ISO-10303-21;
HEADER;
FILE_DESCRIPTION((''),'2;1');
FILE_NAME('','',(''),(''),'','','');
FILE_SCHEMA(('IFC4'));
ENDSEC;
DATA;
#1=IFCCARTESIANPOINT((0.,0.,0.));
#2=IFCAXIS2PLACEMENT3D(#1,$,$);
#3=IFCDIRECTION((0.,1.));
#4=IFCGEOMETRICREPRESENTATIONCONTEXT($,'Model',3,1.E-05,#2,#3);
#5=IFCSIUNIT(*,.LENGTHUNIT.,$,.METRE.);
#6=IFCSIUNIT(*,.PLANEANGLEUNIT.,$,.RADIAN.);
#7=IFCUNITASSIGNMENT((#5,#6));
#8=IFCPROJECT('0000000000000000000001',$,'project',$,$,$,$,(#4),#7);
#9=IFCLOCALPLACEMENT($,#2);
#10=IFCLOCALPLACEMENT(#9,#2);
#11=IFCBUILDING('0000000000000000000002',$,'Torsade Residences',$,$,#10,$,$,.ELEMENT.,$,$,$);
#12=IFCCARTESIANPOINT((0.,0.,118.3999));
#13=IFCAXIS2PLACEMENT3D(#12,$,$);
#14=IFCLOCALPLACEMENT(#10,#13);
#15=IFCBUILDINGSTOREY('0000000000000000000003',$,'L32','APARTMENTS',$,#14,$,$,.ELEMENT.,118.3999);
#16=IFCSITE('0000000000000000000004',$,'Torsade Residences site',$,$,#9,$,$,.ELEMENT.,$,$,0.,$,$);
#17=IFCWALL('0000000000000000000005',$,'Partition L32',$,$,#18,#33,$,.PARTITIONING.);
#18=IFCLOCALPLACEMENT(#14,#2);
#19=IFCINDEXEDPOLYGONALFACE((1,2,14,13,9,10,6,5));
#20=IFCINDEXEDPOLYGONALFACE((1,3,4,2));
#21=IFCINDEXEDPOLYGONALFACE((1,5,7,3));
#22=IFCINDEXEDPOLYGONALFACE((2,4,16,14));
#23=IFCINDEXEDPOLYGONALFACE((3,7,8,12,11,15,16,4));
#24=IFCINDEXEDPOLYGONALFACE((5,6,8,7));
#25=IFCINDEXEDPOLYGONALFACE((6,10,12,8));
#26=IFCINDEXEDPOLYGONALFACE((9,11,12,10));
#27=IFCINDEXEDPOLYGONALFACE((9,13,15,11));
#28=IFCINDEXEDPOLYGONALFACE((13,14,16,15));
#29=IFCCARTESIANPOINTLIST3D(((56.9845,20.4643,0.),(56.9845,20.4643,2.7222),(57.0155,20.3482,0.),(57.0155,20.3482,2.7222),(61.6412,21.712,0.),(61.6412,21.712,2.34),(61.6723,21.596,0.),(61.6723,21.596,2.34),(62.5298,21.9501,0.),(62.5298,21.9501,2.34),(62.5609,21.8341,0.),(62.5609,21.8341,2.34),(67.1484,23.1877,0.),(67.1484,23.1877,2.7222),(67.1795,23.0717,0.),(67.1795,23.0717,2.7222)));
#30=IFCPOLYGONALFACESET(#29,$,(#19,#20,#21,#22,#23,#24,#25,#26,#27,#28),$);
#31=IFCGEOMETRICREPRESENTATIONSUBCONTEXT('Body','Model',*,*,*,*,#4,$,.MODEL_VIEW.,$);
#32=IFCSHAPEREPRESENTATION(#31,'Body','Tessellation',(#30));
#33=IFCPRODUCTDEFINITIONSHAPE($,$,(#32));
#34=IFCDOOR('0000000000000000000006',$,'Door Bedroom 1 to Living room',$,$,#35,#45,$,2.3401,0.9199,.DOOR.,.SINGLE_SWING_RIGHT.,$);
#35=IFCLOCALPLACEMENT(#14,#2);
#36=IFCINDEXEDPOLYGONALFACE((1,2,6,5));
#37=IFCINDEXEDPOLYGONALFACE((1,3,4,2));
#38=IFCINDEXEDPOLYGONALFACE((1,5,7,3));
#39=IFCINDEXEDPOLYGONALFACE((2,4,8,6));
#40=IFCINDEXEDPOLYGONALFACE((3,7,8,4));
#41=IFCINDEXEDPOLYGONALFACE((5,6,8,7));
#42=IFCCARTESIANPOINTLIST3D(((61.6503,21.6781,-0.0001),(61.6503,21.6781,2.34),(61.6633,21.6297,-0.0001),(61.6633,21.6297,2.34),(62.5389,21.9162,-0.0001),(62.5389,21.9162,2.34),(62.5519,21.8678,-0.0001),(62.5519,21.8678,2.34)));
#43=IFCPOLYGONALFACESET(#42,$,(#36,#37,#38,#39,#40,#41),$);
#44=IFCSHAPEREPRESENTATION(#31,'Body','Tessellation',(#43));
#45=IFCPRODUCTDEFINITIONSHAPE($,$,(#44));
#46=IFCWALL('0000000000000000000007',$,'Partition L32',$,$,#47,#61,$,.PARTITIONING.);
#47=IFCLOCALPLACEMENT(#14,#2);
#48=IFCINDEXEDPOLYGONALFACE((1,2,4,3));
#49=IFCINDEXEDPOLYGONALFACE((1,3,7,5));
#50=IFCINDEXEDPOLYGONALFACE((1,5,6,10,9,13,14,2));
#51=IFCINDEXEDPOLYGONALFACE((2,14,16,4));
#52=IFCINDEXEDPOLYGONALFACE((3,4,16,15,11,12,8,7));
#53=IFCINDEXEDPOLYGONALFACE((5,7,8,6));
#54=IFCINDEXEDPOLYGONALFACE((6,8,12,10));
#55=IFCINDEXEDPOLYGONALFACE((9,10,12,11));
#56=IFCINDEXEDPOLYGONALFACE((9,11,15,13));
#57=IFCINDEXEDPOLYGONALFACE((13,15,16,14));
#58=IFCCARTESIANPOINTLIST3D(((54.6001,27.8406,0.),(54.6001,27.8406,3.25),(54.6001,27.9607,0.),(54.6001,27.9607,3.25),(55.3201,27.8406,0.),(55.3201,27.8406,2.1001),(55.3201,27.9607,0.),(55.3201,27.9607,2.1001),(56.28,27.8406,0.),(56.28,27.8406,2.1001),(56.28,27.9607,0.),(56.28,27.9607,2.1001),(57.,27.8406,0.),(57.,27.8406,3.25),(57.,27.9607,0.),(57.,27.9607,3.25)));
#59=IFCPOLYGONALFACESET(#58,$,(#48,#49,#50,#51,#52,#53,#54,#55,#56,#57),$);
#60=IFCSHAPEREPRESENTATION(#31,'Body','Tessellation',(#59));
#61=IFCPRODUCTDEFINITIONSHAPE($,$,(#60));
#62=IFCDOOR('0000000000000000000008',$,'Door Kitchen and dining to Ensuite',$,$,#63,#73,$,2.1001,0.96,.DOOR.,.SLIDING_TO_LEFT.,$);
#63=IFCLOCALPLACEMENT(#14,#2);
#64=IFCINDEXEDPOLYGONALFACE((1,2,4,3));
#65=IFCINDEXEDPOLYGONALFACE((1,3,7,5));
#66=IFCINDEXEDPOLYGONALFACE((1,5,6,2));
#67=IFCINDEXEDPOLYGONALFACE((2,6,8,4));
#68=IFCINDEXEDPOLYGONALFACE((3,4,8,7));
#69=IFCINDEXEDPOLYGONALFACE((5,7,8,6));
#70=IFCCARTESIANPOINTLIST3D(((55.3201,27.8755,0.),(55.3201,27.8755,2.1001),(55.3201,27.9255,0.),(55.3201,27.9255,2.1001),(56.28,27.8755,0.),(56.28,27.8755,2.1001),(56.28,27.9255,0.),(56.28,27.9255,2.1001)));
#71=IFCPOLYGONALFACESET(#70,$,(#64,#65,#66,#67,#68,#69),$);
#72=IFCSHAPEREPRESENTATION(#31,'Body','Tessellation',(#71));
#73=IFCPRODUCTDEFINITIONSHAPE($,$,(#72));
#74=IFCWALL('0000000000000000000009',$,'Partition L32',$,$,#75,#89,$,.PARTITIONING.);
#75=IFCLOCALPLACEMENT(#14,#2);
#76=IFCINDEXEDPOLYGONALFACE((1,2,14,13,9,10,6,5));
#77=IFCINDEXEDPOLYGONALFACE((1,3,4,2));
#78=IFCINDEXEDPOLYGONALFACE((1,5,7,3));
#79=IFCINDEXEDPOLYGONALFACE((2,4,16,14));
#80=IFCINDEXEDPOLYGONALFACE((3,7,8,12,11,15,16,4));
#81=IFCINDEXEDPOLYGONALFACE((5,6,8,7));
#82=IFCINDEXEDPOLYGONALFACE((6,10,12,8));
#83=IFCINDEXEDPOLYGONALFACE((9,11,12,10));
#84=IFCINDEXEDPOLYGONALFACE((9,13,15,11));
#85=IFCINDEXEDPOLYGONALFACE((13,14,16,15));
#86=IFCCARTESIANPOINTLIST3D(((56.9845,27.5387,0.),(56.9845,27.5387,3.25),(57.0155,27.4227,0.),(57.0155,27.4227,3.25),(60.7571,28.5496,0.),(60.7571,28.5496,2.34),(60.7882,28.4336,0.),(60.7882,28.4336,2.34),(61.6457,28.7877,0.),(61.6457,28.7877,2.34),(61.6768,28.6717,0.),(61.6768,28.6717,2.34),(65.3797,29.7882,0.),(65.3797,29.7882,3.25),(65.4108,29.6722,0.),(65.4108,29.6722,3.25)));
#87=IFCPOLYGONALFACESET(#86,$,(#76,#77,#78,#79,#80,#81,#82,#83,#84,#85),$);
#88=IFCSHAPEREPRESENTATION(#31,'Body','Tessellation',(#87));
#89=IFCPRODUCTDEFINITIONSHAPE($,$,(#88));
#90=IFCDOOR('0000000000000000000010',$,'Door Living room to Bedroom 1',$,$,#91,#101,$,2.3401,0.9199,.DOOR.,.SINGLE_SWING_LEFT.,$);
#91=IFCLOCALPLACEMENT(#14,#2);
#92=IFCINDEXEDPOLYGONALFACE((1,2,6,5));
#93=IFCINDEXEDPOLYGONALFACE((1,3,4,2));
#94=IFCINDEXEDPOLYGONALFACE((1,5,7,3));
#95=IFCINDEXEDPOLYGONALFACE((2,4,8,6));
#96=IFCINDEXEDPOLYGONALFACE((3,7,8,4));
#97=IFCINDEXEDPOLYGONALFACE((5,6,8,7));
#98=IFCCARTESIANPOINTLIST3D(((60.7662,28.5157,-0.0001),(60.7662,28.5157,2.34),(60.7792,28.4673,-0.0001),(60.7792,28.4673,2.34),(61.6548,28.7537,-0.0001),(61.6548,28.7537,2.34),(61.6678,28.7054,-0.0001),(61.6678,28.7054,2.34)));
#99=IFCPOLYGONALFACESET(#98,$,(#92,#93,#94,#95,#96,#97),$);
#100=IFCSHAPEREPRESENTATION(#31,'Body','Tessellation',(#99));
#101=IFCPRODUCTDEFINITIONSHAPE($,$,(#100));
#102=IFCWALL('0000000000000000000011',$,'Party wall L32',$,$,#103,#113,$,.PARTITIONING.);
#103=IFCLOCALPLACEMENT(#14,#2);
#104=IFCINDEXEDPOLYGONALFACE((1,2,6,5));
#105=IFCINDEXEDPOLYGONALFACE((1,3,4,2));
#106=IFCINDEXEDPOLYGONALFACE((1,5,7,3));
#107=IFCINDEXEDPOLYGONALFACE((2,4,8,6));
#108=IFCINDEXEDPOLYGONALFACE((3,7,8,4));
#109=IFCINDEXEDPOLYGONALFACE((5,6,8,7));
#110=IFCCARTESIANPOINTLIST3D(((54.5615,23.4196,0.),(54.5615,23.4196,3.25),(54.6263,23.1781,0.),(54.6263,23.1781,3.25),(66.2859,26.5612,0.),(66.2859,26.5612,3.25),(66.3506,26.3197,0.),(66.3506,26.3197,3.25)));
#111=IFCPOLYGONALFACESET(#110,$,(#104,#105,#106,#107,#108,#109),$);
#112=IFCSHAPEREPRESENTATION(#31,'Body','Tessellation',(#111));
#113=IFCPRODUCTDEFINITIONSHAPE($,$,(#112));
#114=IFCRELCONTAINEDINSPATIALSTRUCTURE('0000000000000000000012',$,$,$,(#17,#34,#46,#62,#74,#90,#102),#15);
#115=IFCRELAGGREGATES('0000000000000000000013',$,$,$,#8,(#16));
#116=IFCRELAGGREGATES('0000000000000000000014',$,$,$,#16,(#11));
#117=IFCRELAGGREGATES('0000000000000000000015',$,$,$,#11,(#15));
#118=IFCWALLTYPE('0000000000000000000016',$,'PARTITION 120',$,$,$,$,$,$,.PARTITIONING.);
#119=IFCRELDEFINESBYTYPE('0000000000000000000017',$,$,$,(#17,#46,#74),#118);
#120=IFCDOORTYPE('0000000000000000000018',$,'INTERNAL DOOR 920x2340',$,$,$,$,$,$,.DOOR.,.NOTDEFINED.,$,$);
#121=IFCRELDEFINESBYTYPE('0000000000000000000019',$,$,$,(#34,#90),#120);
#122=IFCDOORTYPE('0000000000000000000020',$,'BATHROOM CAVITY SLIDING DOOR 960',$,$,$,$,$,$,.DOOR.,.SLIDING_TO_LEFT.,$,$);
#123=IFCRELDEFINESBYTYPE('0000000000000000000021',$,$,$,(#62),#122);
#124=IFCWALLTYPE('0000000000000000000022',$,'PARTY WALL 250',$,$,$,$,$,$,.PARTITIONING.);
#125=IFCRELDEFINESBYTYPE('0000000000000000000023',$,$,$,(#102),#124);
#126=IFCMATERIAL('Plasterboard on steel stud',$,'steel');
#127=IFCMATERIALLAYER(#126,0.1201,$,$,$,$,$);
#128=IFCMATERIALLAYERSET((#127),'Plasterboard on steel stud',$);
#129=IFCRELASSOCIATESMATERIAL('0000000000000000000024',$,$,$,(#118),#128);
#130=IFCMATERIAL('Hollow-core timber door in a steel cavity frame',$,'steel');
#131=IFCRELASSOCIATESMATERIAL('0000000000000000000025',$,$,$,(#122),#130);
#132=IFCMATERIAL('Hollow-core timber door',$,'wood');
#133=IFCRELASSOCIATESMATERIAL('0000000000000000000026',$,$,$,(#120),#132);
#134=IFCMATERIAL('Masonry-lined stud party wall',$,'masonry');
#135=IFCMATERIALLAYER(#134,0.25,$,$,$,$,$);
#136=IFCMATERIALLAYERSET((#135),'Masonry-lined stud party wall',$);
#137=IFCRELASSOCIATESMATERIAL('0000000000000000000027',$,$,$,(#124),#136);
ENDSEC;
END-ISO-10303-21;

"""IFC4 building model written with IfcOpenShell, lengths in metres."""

from ifc_helpers import new_model, si_unit, direction, frame, frame_2d, origin, place, context, subcontext, project, spatial, rectangle, extrude, material, layer, layer_set, type_object, element, fill, save


model = new_model("IFC4")

# Units and contexts
model_context = context("Model", 3, precision=1e-05, world=origin(), true_north=direction((0.0, 1.0)))
body_context = subcontext(model_context, "Body", "Model", "MODEL_VIEW")
ifc_project = project(units=[si_unit("LENGTHUNIT", "METRE"), si_unit("PLANEANGLEUNIT", "RADIAN")], contexts=[model_context])

# Site, building, storey
site_placement = place(None, origin())
site = spatial("IfcSite", under=ifc_project, at=site_placement, Name="Torsade Residences site", CompositionType="ELEMENT", RefElevation=0.0)
building_placement = place(site_placement, origin())
building = spatial("IfcBuilding", under=site, at=building_placement, Name="Torsade Residences", CompositionType="ELEMENT")
storey_placement = place(building_placement, frame((0.0, 0.0, 118.3999)))
storey = spatial("IfcBuildingStorey", under=building, at=storey_placement, Name="L32", Description="APARTMENTS", CompositionType="ELEMENT", Elevation=118.3999)

# Walls, openings, doors
ifc_material_1 = material(Name="Plasterboard on steel stud", Category="steel")
ifc_layer_1 = layer(ifc_material_1, 0.1201)
ifc_layer_set_1 = layer_set([ifc_layer_1], Name="Plasterboard on steel stud")
wall_type_1 = type_object("IfcWallType", Name="PARTITION 120", PredefinedType="PARTITIONING", material=ifc_layer_set_1)
ifc_material_2 = material(Name="Hollow-core timber door in a steel cavity frame", Category="steel")
door_type_1 = type_object("IfcDoorType", Name="BATHROOM CAVITY SLIDING DOOR 960", OperationType="SLIDING_TO_LEFT", PredefinedType="DOOR", material=ifc_material_2)
wall_1_placement = place(storey_placement, frame((57.0, 20.4062, 0.0), z_axis=(0.0, 0.0, 1.0), x_axis=(0.965926, 0.258819, 0.0)))
wall_1 = element("IfcWall", 1, at=wall_1_placement, inside=storey, type_object=wall_type_1, Name="Partition L32", PredefinedType="PARTITIONING", context=body_context, shape_type="SweptSolid", body=[
    extrude(rectangle(XDim=10.5225, YDim=0.1201, at=frame_2d((5.2612, 0.0))), origin(), (0.0, 0.0, 1.0), 2.7222),
])
opening_1_placement = place(wall_1_placement, frame((4.821, 0.0, 0.0)))
opening_1 = element("IfcOpeningElement", 2, at=opening_1_placement, cuts=wall_1, PredefinedType="OPENING", context=body_context, shape_type="SweptSolid", body=[
    extrude(rectangle(XDim=0.9199, YDim=2.3401, at=frame_2d((0.46, 1.1699))), frame((0.0, 0.0701, 0.0), z_axis=(0.0, -1.0, 0.0), x_axis=(1.0, 0.0, 0.0)), (0.0, 0.0, 1.0), 0.1401),
])
ifc_material_3 = material(Name="Hollow-core timber door", Category="wood")
door_type_2 = type_object("IfcDoorType", Name="INTERNAL DOOR 920x2340", OperationType="NOTDEFINED", PredefinedType="DOOR", material=ifc_material_3)
door_1_placement = place(opening_1_placement, origin())
door_1 = element("IfcDoor", 3, at=door_1_placement, inside=storey, type_object=door_type_2, Name="Door Bedroom 1 to Living room", OperationType="SINGLE_SWING_RIGHT", OverallHeight=2.3401, OverallWidth=0.9199, PredefinedType="DOOR", context=body_context, shape_type="SweptSolid", body=[
    extrude(rectangle(XDim=0.9199, YDim=2.3401, at=frame_2d((0.46, 1.1699))), frame((0.0, 0.0249, 0.0), z_axis=(0.0, -1.0, 0.0), x_axis=(1.0, 0.0, 0.0)), (0.0, 0.0, 1.0), 0.05),
])
fill(opening_1, door_1)
wall_2_placement = place(storey_placement, frame((54.6001, 27.9006, 0.0), z_axis=(0.0, 0.0, 1.0), x_axis=(1.0, 0.0, 0.0)))
wall_2 = element("IfcWall", 4, at=wall_2_placement, inside=storey, type_object=wall_type_1, Name="Partition L32", PredefinedType="PARTITIONING", context=body_context, shape_type="SweptSolid", body=[
    extrude(rectangle(XDim=2.3999, YDim=0.1201, at=frame_2d((1.2, 0.0))), origin(), (0.0, 0.0, 1.0), 3.25),
])
opening_2_placement = place(wall_2_placement, frame((0.72, 0.0, 0.0)))
opening_2 = element("IfcOpeningElement", 5, at=opening_2_placement, cuts=wall_2, PredefinedType="OPENING", context=body_context, shape_type="SweptSolid", body=[
    extrude(rectangle(XDim=0.96, YDim=2.1001, at=frame_2d((0.48, 1.05))), frame((0.0, 0.0701, 0.0), z_axis=(0.0, -1.0, 0.0), x_axis=(1.0, 0.0, 0.0)), (0.0, 0.0, 1.0), 0.1401),
])
door_2_placement = place(opening_2_placement, origin())
door_2 = element("IfcDoor", 6, at=door_2_placement, inside=storey, type_object=door_type_1, Name="Door Kitchen and dining to Ensuite", OperationType="SLIDING_TO_LEFT", OverallHeight=2.1001, OverallWidth=0.96, PredefinedType="DOOR", context=body_context, shape_type="SweptSolid", body=[
    extrude(rectangle(XDim=0.96, YDim=2.1001, at=frame_2d((0.48, 1.05))), frame((0.0, 0.0249, 0.0), z_axis=(0.0, -1.0, 0.0), x_axis=(1.0, 0.0, 0.0)), (0.0, 0.0, 1.0), 0.05),
])
fill(opening_2, door_2)
wall_3_placement = place(storey_placement, frame((57.0, 27.4807, 0.0), z_axis=(0.0, 0.0, 1.0), x_axis=(0.965926, 0.25882, 0.0)))
wall_3 = element("IfcWall", 7, at=wall_3_placement, inside=storey, type_object=wall_type_1, Name="Partition L32", PredefinedType="PARTITIONING", context=body_context, shape_type="SweptSolid", body=[
    extrude(rectangle(XDim=8.6914, YDim=0.1201, at=frame_2d((4.3457, 0.0))), origin(), (0.0, 0.0, 1.0), 3.25),
])
opening_3_placement = place(wall_3_placement, frame((3.9058, 0.0, 0.0)))
opening_3 = element("IfcOpeningElement", 8, at=opening_3_placement, cuts=wall_3, PredefinedType="OPENING", context=body_context, shape_type="SweptSolid", body=[
    extrude(rectangle(XDim=0.9199, YDim=2.3401, at=frame_2d((0.46, 1.1699))), frame((0.0, 0.0701, 0.0), z_axis=(0.0, -1.0, 0.0), x_axis=(1.0, 0.0, 0.0)), (0.0, 0.0, 1.0), 0.1401),
])
door_3_placement = place(opening_3_placement, origin())
door_3 = element("IfcDoor", 9, at=door_3_placement, inside=storey, type_object=door_type_2, Name="Door Living room to Bedroom 1", OperationType="SINGLE_SWING_LEFT", OverallHeight=2.3401, OverallWidth=0.9199, PredefinedType="DOOR", context=body_context, shape_type="SweptSolid", body=[
    extrude(rectangle(XDim=0.9199, YDim=2.3401, at=frame_2d((0.46, 1.1699))), frame((0.0, 0.0249, 0.0), z_axis=(0.0, -1.0, 0.0), x_axis=(1.0, 0.0, 0.0)), (0.0, 0.0, 1.0), 0.05),
])
fill(opening_3, door_3)

# Wall
ifc_material_4 = material(Name="Masonry-lined stud party wall", Category="masonry")
ifc_layer_2 = layer(ifc_material_4, 0.25)
ifc_layer_set_2 = layer_set([ifc_layer_2], Name="Masonry-lined stud party wall")
wall_type_2 = type_object("IfcWallType", Name="PARTY WALL 250", PredefinedType="PARTITIONING", material=ifc_layer_set_2)
wall_4_placement = place(storey_placement, frame((66.3181, 26.4404, 0.0), z_axis=(0.0, 0.0, 1.0), x_axis=(-0.965924, -0.258824, 0.0)))
element("IfcWall", 10, at=wall_4_placement, inside=storey, type_object=wall_type_2, Name="Party wall L32", PredefinedType="PARTITIONING", context=body_context, shape_type="SweptSolid", body=[
    extrude(rectangle(XDim=12.1379, YDim=0.25, at=frame_2d((6.0688, 0.0))), origin(), (0.0, 0.0, 1.0), 3.25),
])

save(model, "model.ifc")
